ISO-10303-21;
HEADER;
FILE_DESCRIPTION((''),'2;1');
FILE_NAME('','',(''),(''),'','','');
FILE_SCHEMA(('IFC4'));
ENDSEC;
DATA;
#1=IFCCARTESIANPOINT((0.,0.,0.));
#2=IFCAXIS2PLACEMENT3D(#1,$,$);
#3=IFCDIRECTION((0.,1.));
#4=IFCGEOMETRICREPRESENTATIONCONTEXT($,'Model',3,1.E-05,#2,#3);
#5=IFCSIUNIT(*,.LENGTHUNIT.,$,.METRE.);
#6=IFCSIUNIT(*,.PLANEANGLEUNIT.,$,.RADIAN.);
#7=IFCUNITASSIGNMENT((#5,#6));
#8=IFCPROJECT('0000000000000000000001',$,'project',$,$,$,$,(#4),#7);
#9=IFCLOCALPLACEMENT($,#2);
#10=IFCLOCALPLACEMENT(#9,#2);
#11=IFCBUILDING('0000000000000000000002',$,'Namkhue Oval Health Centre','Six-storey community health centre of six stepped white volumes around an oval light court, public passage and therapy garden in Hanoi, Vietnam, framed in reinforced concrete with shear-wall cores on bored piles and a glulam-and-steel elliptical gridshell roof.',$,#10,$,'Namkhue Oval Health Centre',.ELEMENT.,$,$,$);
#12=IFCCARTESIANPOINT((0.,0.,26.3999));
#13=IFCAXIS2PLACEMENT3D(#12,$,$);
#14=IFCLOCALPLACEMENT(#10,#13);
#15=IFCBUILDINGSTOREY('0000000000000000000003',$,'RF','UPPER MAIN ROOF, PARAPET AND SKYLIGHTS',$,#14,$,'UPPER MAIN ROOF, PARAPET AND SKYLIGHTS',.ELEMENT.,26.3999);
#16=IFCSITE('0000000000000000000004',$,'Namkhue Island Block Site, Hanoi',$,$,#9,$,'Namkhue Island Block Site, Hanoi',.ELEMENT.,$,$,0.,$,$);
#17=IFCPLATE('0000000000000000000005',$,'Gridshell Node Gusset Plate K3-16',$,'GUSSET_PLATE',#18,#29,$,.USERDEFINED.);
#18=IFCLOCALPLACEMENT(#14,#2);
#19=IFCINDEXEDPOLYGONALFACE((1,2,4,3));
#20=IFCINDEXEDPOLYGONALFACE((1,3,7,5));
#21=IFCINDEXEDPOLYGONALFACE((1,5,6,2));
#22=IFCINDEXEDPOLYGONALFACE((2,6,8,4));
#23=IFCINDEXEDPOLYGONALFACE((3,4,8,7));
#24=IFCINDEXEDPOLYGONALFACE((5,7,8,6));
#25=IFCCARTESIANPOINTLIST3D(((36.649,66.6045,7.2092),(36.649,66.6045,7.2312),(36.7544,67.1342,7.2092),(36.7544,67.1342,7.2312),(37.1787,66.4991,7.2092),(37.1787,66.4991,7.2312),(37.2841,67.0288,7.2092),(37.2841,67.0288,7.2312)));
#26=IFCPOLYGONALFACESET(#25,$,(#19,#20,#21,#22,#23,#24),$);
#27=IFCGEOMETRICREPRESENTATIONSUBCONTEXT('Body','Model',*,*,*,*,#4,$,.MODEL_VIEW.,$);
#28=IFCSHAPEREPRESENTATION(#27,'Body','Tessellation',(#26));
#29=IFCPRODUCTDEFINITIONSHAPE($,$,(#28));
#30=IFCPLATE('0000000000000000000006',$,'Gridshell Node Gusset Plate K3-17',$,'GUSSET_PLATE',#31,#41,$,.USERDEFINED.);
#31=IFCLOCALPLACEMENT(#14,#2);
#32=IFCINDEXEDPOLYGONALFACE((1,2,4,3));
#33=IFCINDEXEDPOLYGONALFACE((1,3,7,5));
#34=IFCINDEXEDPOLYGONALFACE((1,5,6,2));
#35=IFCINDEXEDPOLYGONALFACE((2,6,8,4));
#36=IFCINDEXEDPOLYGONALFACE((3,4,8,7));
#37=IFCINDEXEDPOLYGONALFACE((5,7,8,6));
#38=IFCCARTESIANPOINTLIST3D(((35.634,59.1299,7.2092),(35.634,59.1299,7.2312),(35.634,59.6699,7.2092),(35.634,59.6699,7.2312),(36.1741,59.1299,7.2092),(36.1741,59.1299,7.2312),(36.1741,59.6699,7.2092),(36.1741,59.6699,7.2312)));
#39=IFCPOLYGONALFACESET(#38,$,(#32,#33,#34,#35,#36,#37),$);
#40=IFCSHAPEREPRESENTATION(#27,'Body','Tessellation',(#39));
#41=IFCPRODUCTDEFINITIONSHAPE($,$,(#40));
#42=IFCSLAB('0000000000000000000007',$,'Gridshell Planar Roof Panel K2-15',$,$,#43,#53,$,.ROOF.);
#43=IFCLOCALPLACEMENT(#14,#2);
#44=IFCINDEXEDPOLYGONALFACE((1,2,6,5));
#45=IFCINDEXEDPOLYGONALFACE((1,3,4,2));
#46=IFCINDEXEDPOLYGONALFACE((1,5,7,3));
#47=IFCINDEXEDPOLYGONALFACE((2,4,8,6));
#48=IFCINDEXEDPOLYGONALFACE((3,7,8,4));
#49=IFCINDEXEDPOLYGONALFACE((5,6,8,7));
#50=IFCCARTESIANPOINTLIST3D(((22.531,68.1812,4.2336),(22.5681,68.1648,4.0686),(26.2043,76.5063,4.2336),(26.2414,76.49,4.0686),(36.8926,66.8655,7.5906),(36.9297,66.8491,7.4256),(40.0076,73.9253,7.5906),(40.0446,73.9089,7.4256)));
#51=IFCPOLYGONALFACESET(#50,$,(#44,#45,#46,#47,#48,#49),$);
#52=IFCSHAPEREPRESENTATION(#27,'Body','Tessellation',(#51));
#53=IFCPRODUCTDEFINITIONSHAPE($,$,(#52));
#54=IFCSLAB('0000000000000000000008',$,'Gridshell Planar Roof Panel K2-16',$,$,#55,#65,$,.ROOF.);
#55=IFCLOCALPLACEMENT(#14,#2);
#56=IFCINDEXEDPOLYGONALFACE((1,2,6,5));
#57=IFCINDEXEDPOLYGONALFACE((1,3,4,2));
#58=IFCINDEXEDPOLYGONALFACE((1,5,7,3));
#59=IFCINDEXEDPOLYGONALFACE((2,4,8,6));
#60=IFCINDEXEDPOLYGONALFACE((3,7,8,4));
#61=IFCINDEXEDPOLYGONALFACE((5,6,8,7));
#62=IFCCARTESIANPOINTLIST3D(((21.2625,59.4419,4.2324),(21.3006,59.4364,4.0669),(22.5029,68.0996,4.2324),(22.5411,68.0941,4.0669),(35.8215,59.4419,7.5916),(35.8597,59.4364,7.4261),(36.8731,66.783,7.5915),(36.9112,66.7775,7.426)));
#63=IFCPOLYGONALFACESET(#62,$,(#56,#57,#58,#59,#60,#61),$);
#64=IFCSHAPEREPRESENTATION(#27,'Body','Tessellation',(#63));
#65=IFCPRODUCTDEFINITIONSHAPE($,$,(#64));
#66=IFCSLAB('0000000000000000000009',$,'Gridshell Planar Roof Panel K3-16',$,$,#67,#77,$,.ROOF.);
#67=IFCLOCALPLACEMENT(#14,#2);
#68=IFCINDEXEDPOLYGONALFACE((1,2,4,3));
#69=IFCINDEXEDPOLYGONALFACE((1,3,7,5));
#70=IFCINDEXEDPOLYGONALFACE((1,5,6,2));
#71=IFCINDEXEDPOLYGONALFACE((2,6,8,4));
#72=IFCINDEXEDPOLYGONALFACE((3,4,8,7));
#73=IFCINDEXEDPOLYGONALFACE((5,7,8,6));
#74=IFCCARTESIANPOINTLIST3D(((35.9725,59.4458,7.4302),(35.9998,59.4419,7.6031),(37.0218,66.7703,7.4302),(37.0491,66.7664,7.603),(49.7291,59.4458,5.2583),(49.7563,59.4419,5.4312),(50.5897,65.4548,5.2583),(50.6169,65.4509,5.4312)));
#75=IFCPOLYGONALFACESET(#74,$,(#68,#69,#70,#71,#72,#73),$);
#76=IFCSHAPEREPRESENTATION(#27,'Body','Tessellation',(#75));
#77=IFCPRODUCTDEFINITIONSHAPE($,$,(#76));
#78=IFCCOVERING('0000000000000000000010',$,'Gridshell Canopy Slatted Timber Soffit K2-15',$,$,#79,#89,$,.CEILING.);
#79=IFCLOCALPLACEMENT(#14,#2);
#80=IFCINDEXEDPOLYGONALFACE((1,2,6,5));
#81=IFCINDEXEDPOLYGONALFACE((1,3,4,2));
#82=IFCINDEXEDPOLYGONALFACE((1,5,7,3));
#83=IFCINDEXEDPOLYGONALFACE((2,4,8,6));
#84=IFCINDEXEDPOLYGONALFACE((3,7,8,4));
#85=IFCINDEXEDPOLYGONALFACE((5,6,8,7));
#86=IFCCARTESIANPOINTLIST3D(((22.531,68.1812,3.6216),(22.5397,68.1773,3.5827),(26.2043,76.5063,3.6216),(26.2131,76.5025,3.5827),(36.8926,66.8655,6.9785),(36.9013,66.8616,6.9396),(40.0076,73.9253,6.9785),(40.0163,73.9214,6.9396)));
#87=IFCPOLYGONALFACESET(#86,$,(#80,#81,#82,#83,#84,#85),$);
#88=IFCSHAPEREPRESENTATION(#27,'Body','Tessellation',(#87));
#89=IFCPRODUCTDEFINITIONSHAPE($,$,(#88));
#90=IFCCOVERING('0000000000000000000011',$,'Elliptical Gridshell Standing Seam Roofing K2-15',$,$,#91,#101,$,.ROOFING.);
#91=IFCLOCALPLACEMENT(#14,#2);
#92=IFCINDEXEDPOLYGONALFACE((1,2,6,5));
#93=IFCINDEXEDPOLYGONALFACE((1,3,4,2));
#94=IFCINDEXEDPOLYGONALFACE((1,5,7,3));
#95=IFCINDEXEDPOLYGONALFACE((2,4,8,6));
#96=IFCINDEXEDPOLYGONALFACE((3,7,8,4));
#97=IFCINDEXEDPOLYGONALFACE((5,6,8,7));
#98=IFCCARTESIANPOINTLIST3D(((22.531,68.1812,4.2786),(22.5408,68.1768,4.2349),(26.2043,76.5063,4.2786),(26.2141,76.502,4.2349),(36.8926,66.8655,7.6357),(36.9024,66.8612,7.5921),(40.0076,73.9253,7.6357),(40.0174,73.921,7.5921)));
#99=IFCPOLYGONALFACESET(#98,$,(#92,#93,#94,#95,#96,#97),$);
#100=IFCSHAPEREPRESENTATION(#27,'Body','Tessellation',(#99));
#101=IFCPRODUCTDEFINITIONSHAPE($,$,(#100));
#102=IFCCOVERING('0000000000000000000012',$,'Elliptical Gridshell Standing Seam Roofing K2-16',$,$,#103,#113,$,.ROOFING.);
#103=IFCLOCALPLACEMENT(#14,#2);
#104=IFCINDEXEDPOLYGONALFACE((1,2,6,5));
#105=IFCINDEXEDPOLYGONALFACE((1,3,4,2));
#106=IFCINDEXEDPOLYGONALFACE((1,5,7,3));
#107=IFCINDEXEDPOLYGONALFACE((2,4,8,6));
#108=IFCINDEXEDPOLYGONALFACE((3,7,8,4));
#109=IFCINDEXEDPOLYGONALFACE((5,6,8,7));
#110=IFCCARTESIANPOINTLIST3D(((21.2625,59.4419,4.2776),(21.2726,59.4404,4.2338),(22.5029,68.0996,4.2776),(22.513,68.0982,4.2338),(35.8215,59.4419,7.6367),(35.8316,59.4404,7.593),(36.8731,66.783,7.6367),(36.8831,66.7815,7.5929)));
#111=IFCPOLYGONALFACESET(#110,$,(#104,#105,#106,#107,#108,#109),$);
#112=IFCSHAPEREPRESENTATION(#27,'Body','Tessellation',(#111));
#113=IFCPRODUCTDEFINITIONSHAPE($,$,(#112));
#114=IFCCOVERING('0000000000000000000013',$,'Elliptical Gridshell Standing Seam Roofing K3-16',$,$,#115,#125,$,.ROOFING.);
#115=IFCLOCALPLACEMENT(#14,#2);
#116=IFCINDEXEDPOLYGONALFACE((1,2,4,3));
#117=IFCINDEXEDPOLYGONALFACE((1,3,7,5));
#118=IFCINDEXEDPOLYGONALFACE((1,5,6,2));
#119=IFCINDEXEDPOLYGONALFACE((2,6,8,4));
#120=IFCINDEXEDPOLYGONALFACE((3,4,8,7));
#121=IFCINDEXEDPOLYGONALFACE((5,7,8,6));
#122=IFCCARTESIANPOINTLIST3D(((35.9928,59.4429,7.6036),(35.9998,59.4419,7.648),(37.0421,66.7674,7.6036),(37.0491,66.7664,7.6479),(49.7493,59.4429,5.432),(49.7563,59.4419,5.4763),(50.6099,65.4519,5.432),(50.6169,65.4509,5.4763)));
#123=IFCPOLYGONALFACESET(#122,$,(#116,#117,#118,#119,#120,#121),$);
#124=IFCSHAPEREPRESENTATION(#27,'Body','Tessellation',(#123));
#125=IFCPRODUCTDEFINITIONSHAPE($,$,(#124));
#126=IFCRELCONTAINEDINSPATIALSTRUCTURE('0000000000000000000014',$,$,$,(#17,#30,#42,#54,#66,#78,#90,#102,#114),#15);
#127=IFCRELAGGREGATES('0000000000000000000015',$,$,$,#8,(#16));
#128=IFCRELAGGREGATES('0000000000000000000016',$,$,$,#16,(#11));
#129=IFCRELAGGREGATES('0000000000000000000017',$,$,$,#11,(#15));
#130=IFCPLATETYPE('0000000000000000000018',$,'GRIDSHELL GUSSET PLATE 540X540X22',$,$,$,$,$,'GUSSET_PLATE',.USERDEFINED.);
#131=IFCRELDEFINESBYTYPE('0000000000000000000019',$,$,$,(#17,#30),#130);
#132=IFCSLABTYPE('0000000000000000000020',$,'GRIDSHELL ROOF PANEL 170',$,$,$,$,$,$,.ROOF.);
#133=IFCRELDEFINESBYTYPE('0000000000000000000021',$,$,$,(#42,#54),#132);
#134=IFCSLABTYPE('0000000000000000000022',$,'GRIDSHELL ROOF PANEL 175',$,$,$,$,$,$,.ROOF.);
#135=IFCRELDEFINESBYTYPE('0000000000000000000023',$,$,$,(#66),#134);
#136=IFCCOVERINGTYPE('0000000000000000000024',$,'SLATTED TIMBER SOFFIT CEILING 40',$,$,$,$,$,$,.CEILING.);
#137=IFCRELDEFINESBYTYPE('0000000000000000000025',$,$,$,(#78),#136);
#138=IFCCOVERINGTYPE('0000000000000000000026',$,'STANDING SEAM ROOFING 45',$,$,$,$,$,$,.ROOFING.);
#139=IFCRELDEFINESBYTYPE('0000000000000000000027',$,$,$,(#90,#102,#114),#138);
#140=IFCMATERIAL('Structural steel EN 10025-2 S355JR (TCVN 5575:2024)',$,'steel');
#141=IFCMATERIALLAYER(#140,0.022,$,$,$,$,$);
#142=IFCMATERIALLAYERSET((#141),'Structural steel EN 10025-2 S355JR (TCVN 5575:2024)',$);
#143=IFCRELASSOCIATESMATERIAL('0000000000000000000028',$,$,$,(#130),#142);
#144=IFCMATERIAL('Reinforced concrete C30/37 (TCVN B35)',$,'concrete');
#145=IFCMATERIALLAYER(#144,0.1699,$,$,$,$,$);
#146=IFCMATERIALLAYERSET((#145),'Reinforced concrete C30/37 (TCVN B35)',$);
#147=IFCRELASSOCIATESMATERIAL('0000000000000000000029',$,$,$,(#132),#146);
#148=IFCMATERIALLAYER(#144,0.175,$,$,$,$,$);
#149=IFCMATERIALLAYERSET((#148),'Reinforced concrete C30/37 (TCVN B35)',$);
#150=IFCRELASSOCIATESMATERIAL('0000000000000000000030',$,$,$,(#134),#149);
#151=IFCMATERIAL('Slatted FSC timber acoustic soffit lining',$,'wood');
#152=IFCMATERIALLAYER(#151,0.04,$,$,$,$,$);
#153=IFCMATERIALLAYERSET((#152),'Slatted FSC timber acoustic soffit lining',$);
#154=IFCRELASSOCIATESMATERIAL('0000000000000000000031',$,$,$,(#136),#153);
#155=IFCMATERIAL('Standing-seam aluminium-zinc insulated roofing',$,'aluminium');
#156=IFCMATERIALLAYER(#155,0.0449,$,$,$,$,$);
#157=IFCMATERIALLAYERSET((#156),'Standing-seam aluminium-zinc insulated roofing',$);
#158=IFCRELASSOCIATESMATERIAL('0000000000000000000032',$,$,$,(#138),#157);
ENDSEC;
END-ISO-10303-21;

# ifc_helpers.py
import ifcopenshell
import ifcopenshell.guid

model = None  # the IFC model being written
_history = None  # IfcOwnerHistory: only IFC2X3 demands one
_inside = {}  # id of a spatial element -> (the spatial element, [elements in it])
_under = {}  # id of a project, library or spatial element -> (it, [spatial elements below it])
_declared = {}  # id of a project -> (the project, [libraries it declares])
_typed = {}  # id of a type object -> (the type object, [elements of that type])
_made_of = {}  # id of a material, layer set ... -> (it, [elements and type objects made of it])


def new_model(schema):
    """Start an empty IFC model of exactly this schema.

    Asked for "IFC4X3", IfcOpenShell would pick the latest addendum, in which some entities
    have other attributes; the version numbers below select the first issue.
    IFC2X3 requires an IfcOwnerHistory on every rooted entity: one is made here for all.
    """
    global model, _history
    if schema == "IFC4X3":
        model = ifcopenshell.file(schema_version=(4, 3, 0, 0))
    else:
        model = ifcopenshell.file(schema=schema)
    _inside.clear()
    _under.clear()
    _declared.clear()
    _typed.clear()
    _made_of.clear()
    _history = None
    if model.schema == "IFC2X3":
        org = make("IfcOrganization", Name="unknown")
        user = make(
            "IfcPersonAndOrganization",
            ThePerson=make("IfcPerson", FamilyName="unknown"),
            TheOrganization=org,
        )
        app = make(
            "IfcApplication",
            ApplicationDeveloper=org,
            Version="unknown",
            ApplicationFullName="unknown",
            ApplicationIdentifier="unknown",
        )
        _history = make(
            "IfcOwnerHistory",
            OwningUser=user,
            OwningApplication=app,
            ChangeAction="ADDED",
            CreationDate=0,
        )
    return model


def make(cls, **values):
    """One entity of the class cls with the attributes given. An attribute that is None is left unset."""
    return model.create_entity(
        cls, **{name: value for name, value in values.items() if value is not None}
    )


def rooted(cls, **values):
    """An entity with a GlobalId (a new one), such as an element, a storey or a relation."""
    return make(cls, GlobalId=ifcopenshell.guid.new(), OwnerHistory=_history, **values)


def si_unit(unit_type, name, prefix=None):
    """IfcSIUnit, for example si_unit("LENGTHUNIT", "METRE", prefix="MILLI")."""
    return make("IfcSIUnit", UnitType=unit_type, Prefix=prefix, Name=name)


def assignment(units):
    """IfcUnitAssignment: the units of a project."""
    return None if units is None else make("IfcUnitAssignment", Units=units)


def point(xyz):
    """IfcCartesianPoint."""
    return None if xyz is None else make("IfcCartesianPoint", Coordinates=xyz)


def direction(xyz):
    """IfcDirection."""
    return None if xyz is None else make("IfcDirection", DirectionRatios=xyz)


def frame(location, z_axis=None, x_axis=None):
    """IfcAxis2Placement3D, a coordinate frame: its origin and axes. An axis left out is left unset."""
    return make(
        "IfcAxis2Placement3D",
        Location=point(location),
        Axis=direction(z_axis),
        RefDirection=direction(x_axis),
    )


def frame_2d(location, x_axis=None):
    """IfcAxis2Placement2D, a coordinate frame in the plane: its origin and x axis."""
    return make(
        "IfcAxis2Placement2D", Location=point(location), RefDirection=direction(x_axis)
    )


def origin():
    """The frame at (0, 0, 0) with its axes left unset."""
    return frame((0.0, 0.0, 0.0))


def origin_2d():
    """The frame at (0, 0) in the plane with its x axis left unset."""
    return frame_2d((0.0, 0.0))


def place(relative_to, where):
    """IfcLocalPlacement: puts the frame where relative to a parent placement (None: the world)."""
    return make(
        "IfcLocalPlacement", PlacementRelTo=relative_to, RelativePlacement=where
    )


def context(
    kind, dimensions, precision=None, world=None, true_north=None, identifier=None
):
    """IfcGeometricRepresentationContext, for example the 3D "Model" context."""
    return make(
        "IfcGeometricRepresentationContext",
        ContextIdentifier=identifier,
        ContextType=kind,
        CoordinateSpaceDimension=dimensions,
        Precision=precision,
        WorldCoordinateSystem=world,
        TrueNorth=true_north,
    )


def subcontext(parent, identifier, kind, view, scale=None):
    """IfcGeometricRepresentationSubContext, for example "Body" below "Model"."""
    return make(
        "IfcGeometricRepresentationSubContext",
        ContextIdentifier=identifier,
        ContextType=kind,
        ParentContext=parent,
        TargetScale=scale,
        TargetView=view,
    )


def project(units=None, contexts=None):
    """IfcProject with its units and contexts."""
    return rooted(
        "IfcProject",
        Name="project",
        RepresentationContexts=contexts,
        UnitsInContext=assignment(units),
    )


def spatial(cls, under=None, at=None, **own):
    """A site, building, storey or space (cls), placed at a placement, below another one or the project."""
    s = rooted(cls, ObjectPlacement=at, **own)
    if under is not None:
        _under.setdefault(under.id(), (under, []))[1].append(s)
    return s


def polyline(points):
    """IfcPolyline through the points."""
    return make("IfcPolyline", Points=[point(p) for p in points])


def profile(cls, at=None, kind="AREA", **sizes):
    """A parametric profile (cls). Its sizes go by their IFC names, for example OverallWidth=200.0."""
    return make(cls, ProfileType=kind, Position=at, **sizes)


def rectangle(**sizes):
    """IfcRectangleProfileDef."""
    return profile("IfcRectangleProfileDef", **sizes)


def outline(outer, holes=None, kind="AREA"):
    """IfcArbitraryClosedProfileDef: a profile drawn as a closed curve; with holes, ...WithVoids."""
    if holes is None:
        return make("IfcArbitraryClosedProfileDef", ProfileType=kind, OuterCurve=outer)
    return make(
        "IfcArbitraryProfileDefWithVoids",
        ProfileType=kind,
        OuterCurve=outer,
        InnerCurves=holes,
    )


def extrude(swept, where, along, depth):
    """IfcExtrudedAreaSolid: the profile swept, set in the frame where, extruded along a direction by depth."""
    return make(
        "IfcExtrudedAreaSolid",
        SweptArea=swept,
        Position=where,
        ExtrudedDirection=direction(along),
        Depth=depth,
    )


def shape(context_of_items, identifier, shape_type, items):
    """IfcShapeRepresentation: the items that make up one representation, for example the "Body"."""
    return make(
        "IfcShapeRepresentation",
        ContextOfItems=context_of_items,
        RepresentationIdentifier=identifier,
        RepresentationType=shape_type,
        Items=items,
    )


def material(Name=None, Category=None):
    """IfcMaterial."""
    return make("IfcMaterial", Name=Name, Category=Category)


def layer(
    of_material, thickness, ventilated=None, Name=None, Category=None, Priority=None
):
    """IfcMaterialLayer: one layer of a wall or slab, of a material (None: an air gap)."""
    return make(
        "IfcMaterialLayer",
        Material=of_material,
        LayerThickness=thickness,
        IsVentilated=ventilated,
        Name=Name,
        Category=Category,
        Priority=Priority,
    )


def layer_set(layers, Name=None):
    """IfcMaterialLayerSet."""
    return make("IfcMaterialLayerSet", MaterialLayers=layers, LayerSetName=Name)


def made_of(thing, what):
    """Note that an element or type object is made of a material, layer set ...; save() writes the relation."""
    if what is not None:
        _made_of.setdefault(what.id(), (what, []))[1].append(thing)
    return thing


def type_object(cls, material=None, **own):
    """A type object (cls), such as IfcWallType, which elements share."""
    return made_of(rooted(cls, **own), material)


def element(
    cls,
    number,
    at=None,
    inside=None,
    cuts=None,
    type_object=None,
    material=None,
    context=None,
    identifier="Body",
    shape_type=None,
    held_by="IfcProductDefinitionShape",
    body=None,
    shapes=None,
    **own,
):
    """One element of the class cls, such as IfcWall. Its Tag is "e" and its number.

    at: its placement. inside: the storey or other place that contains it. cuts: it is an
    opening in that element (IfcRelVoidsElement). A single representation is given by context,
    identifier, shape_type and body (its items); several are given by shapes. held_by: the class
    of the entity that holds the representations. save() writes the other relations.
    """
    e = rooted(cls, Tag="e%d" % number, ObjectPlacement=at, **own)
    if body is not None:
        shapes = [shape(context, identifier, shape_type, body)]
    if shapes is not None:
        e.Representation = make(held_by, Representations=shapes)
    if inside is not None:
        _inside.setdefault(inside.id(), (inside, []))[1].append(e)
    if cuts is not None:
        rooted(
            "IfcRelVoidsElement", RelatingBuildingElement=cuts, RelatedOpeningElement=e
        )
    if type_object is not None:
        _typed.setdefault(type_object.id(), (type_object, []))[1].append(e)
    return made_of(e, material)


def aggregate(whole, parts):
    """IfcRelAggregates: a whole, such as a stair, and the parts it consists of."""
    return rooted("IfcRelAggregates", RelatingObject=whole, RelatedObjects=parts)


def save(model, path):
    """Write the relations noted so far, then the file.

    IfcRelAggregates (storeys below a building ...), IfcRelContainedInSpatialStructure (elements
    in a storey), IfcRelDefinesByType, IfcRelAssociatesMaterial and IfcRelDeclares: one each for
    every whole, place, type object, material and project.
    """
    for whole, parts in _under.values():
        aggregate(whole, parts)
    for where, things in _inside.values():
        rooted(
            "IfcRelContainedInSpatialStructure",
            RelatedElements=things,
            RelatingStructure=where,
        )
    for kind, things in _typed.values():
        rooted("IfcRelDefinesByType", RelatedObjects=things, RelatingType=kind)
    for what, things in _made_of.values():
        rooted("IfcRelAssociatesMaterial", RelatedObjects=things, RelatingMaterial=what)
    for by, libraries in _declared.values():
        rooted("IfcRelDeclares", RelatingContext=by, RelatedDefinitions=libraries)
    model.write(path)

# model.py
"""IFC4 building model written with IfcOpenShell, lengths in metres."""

from ifc_helpers import new_model, si_unit, direction, frame, origin, origin_2d, place, context, subcontext, project, spatial, polyline, rectangle, outline, extrude, material, layer, layer_set, type_object, element, save


model = new_model("IFC4")

# Units and contexts
model_context = context("Model", 3, precision=1e-05, world=origin(), true_north=direction((0.0, 1.0)))
body_context = subcontext(model_context, "Body", "Model", "MODEL_VIEW")
ifc_project = project(units=[si_unit("LENGTHUNIT", "METRE"), si_unit("PLANEANGLEUNIT", "RADIAN")], contexts=[model_context])

# Site, building, storey
site_placement = place(None, origin())
site = spatial("IfcSite", under=ifc_project, at=site_placement, Name="Namkhue Island Block Site, Hanoi", LongName="Namkhue Island Block Site, Hanoi", CompositionType="ELEMENT", RefElevation=0.0)
building_placement = place(site_placement, origin())
building = spatial("IfcBuilding", under=site, at=building_placement, Name="Namkhue Oval Health Centre", Description="Six-storey community health centre of six stepped white volumes around an oval light court, public passage and therapy garden in Hanoi, Vietnam, framed in reinforced concrete with shear-wall cores on bored piles and a glulam-and-steel elliptical gridshell roof.", LongName="Namkhue Oval Health Centre", CompositionType="ELEMENT")
storey_placement = place(building_placement, frame((0.0, 0.0, 26.3999)))
storey = spatial("IfcBuildingStorey", under=building, at=storey_placement, Name="RF", Description="UPPER MAIN ROOF, PARAPET AND SKYLIGHTS", LongName="UPPER MAIN ROOF, PARAPET AND SKYLIGHTS", CompositionType="ELEMENT", Elevation=26.3999)

# Shared definitions
ifc_material_1 = material(Name="Structural steel EN 10025-2 S355JR (TCVN 5575:2024)", Category="steel")

# Plates
ifc_layer_1 = layer(ifc_material_1, 0.022)
ifc_layer_set_1 = layer_set([ifc_layer_1], Name="Structural steel EN 10025-2 S355JR (TCVN 5575:2024)")
plate_type_1 = type_object("IfcPlateType", Name="GRIDSHELL GUSSET PLATE 540X540X22", ElementType="GUSSET_PLATE", PredefinedType="USERDEFINED", material=ifc_layer_set_1)
for number, where, z_axis, x_axis, name in (
    (1, (36.9666, 66.8167, 7.2092), (0.0, 0.0, 1.0), (-0.980785, 0.19509, 0.0), "Gridshell Node Gusset Plate K3-16"),
    (2, (35.9041, 59.3999, 7.2092), (0.0, 0.0, 1.0), (-1.0, 0.0, 0.0), "Gridshell Node Gusset Plate K3-17"),
):
    element("IfcPlate", number, at=place(storey_placement, frame(where, z_axis=z_axis, x_axis=x_axis)), inside=storey, type_object=plate_type_1, Name=name, ObjectType="GUSSET_PLATE", PredefinedType="USERDEFINED", context=body_context, shape_type="SweptSolid", body=[
        extrude(rectangle(XDim=0.54, YDim=0.54, at=origin_2d()), origin(), (0.0, 0.0, 1.0), 0.022),
    ])

# Slabs
ifc_material_2 = material(Name="Reinforced concrete C30/37 (TCVN B35)", Category="concrete")
ifc_layer_2 = layer(ifc_material_2, 0.1699)
ifc_layer_set_2 = layer_set([ifc_layer_2], Name="Reinforced concrete C30/37 (TCVN B35)")
slab_type_1 = type_object("IfcSlabType", Name="GRIDSHELL ROOF PANEL 170", PredefinedType="ROOF", material=ifc_layer_set_2)
slab_1_placement = place(storey_placement, frame((26.2043, 76.5063, 4.2336), z_axis=(-0.218181, 0.096268, 0.971148), x_axis=(-0.403682, -0.914899, 0.0)))
element("IfcSlab", 3, at=slab_1_placement, inside=storey, type_object=slab_type_1, Name="Gridshell Planar Roof Panel K2-15", PredefinedType="ROOF", context=body_context, shape_type="SweptSolid", body=[
    extrude(outline(polyline([(0.0, 0.0), (9.0996, 0.0), (4.5058, 14.0766), (-3.2107, 14.0766), (0.0, 0.0)])), origin(), (0.0, 0.0, -1.0), 0.1699),
])
slab_2_placement = place(storey_placement, frame((22.5029, 68.0996, 4.2324), z_axis=(-0.224704, 0.032191, 0.973895), x_axis=(-0.141831, -0.989891, -0.000004)))
element("IfcSlab", 4, at=slab_2_placement, inside=storey, type_object=slab_type_1, Name="Gridshell Planar Roof Panel K2-16", PredefinedType="ROOF", context=body_context, shape_type="SweptSolid", body=[
    extrude(outline(polyline([(0.0, 0.0), (8.7461, 0.0), (6.6812, 14.7982), (-0.7348, 14.7979), (0.0, 0.0)])), origin(), (0.0, 0.0, -1.0), 0.1699),
])
ifc_layer_3 = layer(ifc_material_2, 0.175)
ifc_layer_set_3 = layer_set([ifc_layer_3], Name="Reinforced concrete C30/37 (TCVN B35)")
slab_type_2 = type_object("IfcSlabType", Name="GRIDSHELL ROOF PANEL 175", PredefinedType="ROOF", material=ifc_layer_set_3)
slab_3_placement = place(storey_placement, frame((37.0491, 66.7664, 7.603), z_axis=(0.15591, -0.022333, 0.987519), x_axis=(-0.141814, -0.989893, 0.000003)))
element("IfcSlab", 5, at=slab_3_placement, inside=storey, type_object=slab_type_2, Name="Gridshell Planar Roof Panel K3-16", PredefinedType="ROOF", context=body_context, shape_type="SweptSolid", body=[
    extrude(outline(polyline([(0.0, 0.0), (7.3992, 0.0), (5.4484, 13.7897), (-0.622, 13.7894), (0.0, 0.0)])), origin(), (0.0, 0.0, -1.0), 0.175),
])

# Coverings
ifc_material_3 = material(Name="Slatted FSC timber acoustic soffit lining", Category="wood")
ifc_layer_4 = layer(ifc_material_3, 0.04)
ifc_layer_set_4 = layer_set([ifc_layer_4], Name="Slatted FSC timber acoustic soffit lining")
covering_type_1 = type_object("IfcCoveringType", Name="SLATTED TIMBER SOFFIT CEILING 40", PredefinedType="CEILING", material=ifc_layer_set_4)
covering_1_placement = place(storey_placement, frame((26.2043, 76.5063, 3.6216), z_axis=(-0.218181, 0.096268, 0.971148), x_axis=(-0.403682, -0.914899, 0.0)))
element("IfcCovering", 6, at=covering_1_placement, inside=storey, type_object=covering_type_1, Name="Gridshell Canopy Slatted Timber Soffit K2-15", PredefinedType="CEILING", context=body_context, shape_type="SweptSolid", body=[
    extrude(outline(polyline([(0.0, 0.0), (9.0996, 0.0), (4.5058, 14.0766), (-3.2107, 14.0766), (0.0, 0.0)])), origin(), (0.0, 0.0, -1.0), 0.04),
])
ifc_material_4 = material(Name="Standing-seam aluminium-zinc insulated roofing", Category="aluminium")
ifc_layer_5 = layer(ifc_material_4, 0.0449)
ifc_layer_set_5 = layer_set([ifc_layer_5], Name="Standing-seam aluminium-zinc insulated roofing")
covering_type_2 = type_object("IfcCoveringType", Name="STANDING SEAM ROOFING 45", PredefinedType="ROOFING", material=ifc_layer_set_5)
covering_2_placement = place(storey_placement, frame((26.2043, 76.5063, 4.2786), z_axis=(-0.218196, 0.096275, 0.971144), x_axis=(-0.403682, -0.914899, 0.0)))
element("IfcCovering", 7, at=covering_2_placement, inside=storey, type_object=covering_type_2, Name="Elliptical Gridshell Standing Seam Roofing K2-15", PredefinedType="ROOFING", context=body_context, shape_type="SweptSolid", body=[
    extrude(outline(polyline([(0.0, 0.0), (9.0996, 0.0), (4.5058, 14.0767), (-3.2107, 14.0767), (0.0, 0.0)])), origin(), (0.0, 0.0, -1.0), 0.0449),
])
covering_3_placement = place(storey_placement, frame((22.5029, 68.0996, 4.2776), z_axis=(-0.224704, 0.032191, 0.973895), x_axis=(-0.141831, -0.989891, -0.000004)))
element("IfcCovering", 8, at=covering_3_placement, inside=storey, type_object=covering_type_2, Name="Elliptical Gridshell Standing Seam Roofing K2-16", PredefinedType="ROOFING", context=body_context, shape_type="SweptSolid", body=[
    extrude(outline(polyline([(0.0, 0.0), (8.7461, 0.0), (6.6812, 14.7982), (-0.7348, 14.7979), (0.0, 0.0)])), origin(), (0.0, 0.0, -1.0), 0.0449),
])
covering_4_placement = place(storey_placement, frame((37.0491, 66.7664, 7.6479), z_axis=(0.155893, -0.02233, 0.987522), x_axis=(-0.141814, -0.989893, 0.000003)))
element("IfcCovering", 9, at=covering_4_placement, inside=storey, type_object=covering_type_2, Name="Elliptical Gridshell Standing Seam Roofing K3-16", PredefinedType="ROOFING", context=body_context, shape_type="SweptSolid", body=[
    extrude(outline(polyline([(0.0, 0.0), (7.3992, 0.0), (5.4484, 13.7896), (-0.622, 13.7894), (0.0, 0.0)])), origin(), (0.0, 0.0, -1.0), 0.0449),
])

save(model, "model.ifc")
